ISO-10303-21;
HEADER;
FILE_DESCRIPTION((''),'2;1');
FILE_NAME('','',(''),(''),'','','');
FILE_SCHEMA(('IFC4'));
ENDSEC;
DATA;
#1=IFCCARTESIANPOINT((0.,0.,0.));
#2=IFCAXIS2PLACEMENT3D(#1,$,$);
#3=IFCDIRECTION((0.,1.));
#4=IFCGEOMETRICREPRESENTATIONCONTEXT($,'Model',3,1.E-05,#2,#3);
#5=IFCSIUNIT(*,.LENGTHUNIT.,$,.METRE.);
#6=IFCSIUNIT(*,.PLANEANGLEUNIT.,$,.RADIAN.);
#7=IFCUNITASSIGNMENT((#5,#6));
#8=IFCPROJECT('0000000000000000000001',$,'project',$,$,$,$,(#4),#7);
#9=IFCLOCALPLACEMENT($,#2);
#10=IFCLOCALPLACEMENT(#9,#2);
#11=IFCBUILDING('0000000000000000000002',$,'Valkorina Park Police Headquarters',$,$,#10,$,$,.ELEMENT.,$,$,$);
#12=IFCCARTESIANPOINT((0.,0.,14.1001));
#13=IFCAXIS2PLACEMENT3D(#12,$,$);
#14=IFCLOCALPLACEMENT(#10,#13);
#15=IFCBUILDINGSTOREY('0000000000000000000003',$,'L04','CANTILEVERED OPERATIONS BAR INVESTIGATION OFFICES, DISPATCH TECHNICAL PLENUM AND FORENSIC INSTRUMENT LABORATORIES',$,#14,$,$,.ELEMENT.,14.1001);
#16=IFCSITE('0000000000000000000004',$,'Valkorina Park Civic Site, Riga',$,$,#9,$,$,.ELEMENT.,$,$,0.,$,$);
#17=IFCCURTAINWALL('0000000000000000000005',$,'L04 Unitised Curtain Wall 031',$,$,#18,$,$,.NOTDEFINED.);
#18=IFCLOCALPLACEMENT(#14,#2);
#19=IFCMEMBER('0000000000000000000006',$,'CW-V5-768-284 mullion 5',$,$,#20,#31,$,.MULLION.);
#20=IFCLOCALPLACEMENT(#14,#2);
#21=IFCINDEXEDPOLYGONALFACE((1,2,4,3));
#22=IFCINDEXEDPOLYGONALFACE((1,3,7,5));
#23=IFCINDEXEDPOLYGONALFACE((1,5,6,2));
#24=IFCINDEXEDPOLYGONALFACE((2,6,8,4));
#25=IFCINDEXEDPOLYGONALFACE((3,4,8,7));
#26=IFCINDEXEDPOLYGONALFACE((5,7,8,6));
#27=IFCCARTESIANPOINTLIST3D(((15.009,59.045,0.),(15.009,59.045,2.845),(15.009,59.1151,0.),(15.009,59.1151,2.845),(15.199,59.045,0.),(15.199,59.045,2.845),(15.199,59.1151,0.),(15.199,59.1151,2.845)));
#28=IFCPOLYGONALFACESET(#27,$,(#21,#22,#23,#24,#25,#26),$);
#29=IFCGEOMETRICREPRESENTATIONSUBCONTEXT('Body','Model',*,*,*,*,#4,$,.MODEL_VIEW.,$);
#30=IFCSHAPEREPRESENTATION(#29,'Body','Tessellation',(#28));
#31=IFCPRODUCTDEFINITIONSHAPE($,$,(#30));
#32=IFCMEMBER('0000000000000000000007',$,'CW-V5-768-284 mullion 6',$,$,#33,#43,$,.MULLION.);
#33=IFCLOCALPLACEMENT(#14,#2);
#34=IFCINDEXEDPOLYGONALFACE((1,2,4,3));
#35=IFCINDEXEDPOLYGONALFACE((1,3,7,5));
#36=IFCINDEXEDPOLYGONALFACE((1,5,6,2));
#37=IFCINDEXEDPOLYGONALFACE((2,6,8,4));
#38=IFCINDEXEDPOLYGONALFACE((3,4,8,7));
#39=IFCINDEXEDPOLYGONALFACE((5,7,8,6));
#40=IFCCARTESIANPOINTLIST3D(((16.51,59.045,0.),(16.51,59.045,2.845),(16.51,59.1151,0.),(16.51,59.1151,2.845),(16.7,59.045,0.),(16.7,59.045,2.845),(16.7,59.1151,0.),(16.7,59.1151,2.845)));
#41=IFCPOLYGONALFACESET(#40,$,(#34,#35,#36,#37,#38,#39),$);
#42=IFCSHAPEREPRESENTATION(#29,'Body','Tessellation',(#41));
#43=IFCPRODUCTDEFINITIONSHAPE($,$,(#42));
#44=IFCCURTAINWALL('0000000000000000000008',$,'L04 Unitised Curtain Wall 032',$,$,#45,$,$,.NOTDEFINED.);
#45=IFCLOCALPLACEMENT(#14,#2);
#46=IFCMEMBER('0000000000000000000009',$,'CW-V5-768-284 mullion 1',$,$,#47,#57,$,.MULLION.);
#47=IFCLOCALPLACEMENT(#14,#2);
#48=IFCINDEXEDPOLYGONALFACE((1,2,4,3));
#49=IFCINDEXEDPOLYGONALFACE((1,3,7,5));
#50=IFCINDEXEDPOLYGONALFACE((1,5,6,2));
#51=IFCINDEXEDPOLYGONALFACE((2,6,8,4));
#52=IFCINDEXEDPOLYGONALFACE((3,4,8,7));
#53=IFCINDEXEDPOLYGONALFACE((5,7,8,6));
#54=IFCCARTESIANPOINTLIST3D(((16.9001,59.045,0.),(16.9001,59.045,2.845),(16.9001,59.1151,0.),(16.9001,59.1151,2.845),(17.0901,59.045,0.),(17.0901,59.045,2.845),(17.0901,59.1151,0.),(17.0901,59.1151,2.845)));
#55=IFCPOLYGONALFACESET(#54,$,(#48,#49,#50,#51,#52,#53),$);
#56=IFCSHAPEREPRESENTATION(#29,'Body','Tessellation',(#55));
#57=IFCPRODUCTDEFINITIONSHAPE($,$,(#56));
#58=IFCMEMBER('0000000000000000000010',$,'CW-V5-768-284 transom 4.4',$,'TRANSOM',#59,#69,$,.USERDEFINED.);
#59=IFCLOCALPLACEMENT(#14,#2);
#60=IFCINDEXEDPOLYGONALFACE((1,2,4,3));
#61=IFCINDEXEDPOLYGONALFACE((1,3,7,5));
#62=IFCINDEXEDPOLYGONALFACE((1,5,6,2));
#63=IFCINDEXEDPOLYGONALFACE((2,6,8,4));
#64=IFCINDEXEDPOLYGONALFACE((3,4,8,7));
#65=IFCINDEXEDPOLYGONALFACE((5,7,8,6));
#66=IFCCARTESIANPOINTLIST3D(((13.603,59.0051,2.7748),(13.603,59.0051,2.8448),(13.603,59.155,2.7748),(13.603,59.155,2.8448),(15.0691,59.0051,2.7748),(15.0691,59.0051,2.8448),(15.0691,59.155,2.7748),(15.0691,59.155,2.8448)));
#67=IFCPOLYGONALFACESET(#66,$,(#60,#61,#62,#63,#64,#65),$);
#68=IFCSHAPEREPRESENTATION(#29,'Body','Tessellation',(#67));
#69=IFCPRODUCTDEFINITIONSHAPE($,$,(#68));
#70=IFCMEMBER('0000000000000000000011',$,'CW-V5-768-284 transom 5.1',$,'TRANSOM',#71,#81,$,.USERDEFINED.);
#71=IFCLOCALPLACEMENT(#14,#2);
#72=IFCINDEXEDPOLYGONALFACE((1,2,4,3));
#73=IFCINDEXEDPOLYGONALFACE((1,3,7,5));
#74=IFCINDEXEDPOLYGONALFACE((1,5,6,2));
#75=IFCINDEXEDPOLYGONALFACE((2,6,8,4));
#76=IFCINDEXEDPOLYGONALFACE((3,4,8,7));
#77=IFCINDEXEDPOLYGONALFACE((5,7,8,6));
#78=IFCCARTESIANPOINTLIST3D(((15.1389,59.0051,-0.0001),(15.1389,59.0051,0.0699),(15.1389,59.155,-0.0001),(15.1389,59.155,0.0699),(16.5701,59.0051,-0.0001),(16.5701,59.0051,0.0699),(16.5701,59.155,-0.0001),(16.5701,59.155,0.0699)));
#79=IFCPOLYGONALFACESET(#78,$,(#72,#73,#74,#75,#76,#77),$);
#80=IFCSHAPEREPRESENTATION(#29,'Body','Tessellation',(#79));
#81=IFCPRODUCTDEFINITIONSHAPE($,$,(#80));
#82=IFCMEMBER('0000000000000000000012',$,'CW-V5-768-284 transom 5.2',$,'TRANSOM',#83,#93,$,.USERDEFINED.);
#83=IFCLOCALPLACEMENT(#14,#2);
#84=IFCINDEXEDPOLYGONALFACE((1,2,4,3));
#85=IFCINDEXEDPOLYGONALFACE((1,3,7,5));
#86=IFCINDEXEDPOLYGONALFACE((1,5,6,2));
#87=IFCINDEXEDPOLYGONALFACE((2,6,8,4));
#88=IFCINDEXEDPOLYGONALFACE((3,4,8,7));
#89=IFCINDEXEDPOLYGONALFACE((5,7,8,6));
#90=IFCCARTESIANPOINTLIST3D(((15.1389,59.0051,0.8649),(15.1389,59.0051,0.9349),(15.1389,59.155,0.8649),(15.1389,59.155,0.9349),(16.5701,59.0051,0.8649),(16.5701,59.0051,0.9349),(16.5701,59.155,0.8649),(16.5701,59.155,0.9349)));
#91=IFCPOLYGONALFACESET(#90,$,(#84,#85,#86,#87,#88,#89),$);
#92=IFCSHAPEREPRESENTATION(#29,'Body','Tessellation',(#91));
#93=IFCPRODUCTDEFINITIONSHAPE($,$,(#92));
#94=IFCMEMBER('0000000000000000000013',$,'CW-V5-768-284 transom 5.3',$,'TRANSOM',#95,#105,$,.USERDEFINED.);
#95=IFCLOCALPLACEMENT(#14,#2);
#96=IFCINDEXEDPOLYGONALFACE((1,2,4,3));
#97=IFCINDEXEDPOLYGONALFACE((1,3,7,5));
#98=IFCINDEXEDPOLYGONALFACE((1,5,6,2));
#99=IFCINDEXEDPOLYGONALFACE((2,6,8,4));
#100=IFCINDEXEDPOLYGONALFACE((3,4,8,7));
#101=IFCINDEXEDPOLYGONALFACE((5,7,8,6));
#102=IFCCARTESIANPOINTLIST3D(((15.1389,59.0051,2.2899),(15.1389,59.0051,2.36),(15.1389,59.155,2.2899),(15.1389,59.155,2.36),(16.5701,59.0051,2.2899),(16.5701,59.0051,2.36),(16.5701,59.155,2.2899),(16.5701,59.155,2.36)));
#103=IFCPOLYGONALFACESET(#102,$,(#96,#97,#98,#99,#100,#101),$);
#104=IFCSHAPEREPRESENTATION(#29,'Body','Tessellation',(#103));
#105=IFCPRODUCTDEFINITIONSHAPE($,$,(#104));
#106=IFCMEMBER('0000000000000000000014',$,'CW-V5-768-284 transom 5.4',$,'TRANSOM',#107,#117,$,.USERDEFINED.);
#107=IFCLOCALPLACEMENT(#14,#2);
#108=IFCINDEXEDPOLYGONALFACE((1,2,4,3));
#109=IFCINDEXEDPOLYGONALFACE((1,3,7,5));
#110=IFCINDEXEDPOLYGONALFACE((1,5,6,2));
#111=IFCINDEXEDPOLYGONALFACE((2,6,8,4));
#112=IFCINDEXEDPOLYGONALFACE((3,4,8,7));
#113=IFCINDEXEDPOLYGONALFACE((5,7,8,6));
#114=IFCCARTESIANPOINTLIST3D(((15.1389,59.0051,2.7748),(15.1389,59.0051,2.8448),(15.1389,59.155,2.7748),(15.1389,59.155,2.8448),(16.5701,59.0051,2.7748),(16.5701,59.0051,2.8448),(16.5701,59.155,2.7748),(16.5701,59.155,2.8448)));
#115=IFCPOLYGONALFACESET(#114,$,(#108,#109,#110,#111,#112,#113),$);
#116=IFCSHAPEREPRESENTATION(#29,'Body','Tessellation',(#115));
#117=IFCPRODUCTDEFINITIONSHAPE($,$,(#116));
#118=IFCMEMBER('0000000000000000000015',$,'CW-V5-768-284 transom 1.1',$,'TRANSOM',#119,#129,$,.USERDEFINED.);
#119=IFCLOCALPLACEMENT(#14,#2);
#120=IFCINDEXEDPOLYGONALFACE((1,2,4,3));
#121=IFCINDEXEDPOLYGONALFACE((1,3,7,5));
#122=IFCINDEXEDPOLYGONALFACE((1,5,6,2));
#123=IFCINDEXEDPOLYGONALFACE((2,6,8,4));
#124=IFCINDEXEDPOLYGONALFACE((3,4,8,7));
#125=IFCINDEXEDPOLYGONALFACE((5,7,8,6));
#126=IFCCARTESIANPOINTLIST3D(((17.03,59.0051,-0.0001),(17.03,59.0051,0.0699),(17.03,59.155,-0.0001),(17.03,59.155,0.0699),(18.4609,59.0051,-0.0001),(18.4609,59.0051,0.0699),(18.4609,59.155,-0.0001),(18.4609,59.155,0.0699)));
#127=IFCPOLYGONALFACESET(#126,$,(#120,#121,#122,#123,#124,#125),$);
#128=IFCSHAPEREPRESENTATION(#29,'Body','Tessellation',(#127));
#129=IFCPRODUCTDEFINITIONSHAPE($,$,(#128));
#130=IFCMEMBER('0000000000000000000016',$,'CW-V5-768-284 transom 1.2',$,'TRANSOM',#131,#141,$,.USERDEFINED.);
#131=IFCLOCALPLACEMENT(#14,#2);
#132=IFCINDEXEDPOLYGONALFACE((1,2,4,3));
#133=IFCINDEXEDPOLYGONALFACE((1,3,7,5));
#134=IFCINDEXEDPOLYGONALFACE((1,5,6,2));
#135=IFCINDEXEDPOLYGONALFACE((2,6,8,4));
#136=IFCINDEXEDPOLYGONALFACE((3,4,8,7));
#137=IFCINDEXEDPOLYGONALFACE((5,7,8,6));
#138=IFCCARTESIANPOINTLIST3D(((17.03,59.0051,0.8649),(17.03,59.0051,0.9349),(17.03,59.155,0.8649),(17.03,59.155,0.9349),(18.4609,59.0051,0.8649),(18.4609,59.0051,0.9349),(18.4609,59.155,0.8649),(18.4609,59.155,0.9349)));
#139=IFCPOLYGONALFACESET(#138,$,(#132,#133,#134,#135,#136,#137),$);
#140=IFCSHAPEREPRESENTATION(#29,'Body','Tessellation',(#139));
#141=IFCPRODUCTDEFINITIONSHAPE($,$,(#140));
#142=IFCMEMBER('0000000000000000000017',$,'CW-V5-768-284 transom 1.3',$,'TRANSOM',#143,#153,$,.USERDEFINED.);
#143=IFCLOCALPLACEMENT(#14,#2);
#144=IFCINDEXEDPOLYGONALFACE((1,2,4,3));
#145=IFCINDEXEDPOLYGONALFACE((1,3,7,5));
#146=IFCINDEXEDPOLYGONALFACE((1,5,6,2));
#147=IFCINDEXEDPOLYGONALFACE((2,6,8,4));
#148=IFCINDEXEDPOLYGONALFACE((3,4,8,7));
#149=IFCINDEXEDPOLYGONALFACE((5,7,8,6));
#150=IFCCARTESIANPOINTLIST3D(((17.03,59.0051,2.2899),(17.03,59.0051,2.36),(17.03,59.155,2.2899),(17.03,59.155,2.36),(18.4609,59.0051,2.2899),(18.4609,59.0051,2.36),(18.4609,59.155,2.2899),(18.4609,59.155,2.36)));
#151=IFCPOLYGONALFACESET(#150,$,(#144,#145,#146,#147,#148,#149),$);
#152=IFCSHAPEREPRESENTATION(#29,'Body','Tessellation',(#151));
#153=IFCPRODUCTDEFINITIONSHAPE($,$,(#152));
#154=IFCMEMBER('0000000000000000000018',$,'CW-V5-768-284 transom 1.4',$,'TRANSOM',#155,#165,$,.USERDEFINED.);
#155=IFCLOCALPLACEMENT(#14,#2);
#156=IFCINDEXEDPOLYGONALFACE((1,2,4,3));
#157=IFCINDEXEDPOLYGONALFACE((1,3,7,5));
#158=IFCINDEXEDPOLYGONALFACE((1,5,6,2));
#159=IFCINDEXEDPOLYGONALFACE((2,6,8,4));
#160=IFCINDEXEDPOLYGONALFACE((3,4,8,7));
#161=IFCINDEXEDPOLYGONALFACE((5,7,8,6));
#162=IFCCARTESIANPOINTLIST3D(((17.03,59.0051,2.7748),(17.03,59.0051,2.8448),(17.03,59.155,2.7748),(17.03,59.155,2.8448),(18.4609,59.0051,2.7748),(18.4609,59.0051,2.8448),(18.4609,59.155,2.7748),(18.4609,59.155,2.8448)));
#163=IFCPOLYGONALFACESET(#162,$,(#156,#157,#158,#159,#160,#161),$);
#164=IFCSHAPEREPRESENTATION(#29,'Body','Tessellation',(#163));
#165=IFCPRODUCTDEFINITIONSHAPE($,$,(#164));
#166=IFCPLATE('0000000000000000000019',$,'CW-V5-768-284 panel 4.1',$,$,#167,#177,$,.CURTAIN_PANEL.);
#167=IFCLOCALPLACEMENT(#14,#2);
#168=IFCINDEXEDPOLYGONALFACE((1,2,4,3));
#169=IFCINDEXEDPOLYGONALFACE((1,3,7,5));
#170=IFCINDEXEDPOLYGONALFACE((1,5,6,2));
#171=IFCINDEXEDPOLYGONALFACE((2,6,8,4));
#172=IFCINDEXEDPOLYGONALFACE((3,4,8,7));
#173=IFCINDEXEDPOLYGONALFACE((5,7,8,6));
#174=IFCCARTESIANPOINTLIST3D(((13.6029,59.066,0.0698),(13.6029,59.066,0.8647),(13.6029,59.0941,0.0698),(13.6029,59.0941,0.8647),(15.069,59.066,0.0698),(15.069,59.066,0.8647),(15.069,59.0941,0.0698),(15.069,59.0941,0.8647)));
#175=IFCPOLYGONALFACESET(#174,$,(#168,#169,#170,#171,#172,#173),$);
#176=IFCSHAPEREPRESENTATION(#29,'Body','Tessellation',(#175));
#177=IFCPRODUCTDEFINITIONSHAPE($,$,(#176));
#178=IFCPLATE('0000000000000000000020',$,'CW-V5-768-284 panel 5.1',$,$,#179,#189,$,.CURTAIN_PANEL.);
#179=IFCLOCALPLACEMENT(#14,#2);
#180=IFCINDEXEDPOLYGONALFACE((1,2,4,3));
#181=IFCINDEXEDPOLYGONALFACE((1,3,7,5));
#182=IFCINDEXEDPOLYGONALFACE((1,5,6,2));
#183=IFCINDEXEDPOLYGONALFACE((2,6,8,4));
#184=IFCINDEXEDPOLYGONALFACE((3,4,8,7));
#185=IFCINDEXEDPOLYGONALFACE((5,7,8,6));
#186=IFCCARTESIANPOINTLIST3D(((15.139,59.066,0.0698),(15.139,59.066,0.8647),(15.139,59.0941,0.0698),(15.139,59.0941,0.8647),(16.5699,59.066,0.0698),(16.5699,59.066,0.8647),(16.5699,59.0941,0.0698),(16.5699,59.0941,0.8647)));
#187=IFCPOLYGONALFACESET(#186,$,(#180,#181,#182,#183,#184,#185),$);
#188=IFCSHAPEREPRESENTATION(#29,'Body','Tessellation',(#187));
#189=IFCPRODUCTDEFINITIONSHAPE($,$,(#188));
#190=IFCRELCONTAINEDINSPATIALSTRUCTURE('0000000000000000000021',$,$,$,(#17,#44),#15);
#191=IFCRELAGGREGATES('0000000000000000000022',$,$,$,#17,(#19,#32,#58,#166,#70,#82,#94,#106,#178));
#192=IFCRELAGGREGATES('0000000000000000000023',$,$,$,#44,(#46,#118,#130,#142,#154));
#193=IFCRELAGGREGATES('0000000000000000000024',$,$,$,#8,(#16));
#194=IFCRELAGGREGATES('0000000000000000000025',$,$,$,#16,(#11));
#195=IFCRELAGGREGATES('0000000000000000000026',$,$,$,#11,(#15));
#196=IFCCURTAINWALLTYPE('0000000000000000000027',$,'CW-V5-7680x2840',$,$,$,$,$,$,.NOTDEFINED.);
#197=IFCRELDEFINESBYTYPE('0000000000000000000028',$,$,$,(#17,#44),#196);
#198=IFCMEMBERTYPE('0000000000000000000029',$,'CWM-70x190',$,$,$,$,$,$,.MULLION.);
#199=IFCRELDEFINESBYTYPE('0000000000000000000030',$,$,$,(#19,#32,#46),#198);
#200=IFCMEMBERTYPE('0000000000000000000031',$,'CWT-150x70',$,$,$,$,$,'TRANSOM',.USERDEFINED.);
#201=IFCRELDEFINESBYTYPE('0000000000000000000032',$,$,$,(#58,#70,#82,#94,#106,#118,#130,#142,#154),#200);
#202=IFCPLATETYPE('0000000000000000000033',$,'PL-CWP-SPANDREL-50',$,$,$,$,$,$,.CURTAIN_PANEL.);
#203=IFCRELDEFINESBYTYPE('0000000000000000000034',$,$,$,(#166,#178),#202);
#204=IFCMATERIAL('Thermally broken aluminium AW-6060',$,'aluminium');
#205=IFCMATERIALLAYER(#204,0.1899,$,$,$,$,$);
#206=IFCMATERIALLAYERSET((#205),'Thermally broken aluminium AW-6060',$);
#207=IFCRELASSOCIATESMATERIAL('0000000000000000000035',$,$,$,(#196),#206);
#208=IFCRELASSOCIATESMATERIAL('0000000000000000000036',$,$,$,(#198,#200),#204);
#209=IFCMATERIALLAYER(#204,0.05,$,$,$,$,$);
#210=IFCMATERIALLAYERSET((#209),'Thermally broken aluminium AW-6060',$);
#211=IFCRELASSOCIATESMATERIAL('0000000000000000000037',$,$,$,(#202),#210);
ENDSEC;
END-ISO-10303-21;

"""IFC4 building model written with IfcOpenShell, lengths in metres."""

from ifc_helpers import new_model, si_unit, direction, frame, origin, origin_2d, place, context, subcontext, project, spatial, rectangle, extrude, material, layer, layer_set, material_profile, profile_set, type_object, element, aggregate, save


model = new_model("IFC4")

# Units and contexts
model_context = context("Model", 3, precision=1e-05, world=origin(), true_north=direction((0.0, 1.0)))
body_context = subcontext(model_context, "Body", "Model", "MODEL_VIEW")
ifc_project = project(units=[si_unit("LENGTHUNIT", "METRE"), si_unit("PLANEANGLEUNIT", "RADIAN")], contexts=[model_context])

# Site, building, storey
site_placement = place(None, origin())
site = spatial("IfcSite", under=ifc_project, at=site_placement, Name="Valkorina Park Civic Site, Riga", CompositionType="ELEMENT", RefElevation=0.0)
building_placement = place(site_placement, origin())
building = spatial("IfcBuilding", under=site, at=building_placement, Name="Valkorina Park Police Headquarters", CompositionType="ELEMENT")
storey_placement = place(building_placement, frame((0.0, 0.0, 14.1001)))
storey = spatial("IfcBuildingStorey", under=building, at=storey_placement, Name="L04", Description="CANTILEVERED OPERATIONS BAR INVESTIGATION OFFICES, DISPATCH TECHNICAL PLENUM AND FORENSIC INSTRUMENT LABORATORIES", CompositionType="ELEMENT", Elevation=14.1001)

# Curtain wall, members
ifc_material_1 = material(Name="Thermally broken aluminium AW-6060", Category="aluminium")
ifc_layer_1 = layer(ifc_material_1, 0.1899)
ifc_layer_set_1 = layer_set([ifc_layer_1], Name="Thermally broken aluminium AW-6060")
curtain_wall_type = type_object("IfcCurtainWallType", Name="CW-V5-7680x2840", PredefinedType="NOTDEFINED", material=ifc_layer_set_1)
curtain_wall_1_placement = place(storey_placement, origin())
curtain_wall_1 = element("IfcCurtainWall", 1, at=curtain_wall_1_placement, inside=storey, type_object=curtain_wall_type, Name="L04 Unitised Curtain Wall 031", PredefinedType="NOTDEFINED")
ifc_material_profile_1 = material_profile(ifc_material_1, rectangle(XDim=0.0701, YDim=0.1899, at=origin_2d()), Name="CWM-02 70x190")
ifc_profile_set_1 = profile_set([ifc_material_profile_1], Name="Thermally broken aluminium AW-6060")
member_type_1 = type_object("IfcMemberType", Name="CWM-70x190", PredefinedType="MULLION", material=ifc_profile_set_1)
member_1_placement = place(storey_placement, frame((15.104, 59.0801, 0.0), z_axis=(0.0, 0.0, 1.0), x_axis=(0.0, 1.0, 0.0)))
member_1 = element("IfcMember", 2, at=member_1_placement, type_object=member_type_1, Name="CW-V5-768-284 mullion 5", PredefinedType="MULLION", context=body_context, shape_type="SweptSolid", body=[
    extrude(rectangle(XDim=0.0701, YDim=0.1899, at=origin_2d()), origin(), (0.0, 0.0, 1.0), 2.845),
])
member_2_placement = place(storey_placement, frame((16.605, 59.0801, 0.0), z_axis=(0.0, 0.0, 1.0), x_axis=(0.0, 1.0, 0.0)))
member_2 = element("IfcMember", 3, at=member_2_placement, type_object=member_type_1, Name="CW-V5-768-284 mullion 6", PredefinedType="MULLION", context=body_context, shape_type="SweptSolid", body=[
    extrude(rectangle(XDim=0.0701, YDim=0.1899, at=origin_2d()), origin(), (0.0, 0.0, 1.0), 2.845),
])

# Curtain wall, member
curtain_wall_2_placement = place(storey_placement, origin())
curtain_wall_2 = element("IfcCurtainWall", 4, at=curtain_wall_2_placement, inside=storey, type_object=curtain_wall_type, Name="L04 Unitised Curtain Wall 032", PredefinedType="NOTDEFINED")
member_3_placement = place(storey_placement, frame((16.9951, 59.0801, 0.0), z_axis=(0.0, 0.0, 1.0), x_axis=(0.0, 1.0, 0.0)))
member_3 = element("IfcMember", 5, at=member_3_placement, type_object=member_type_1, Name="CW-V5-768-284 mullion 1", PredefinedType="MULLION", context=body_context, shape_type="SweptSolid", body=[
    extrude(rectangle(XDim=0.0701, YDim=0.1899, at=origin_2d()), origin(), (0.0, 0.0, 1.0), 2.845),
])

# Members
ifc_material_profile_2 = material_profile(ifc_material_1, rectangle(XDim=0.1499, YDim=0.0701, at=origin_2d()), Name="CWT-02 150x70")
ifc_profile_set_2 = profile_set([ifc_material_profile_2], Name="Thermally broken aluminium AW-6060")
member_type_2 = type_object("IfcMemberType", Name="CWT-150x70", ElementType="TRANSOM", PredefinedType="USERDEFINED", material=ifc_profile_set_2)
member_4_placement = place(storey_placement, frame((13.603, 59.0801, 2.8098), z_axis=(1.0, 0.0, 0.0), x_axis=(0.0, 1.0, 0.0)))
member_4 = element("IfcMember", 6, at=member_4_placement, type_object=member_type_2, Name="CW-V5-768-284 transom 4.4", ObjectType="TRANSOM", PredefinedType="USERDEFINED", context=body_context, shape_type="SweptSolid", body=[
    extrude(rectangle(XDim=0.1499, YDim=0.0701, at=origin_2d()), origin(), (0.0, 0.0, 1.0), 1.4661),
])
member_5_placement = place(storey_placement, frame((15.1389, 59.0801, 0.0349), z_axis=(1.0, 0.0, 0.0), x_axis=(0.0, 1.0, 0.0)))
member_5 = element("IfcMember", 7, at=member_5_placement, type_object=member_type_2, Name="CW-V5-768-284 transom 5.1", ObjectType="TRANSOM", PredefinedType="USERDEFINED", context=body_context, shape_type="SweptSolid", body=[
    extrude(rectangle(XDim=0.1499, YDim=0.0701, at=origin_2d()), origin(), (0.0, 0.0, 1.0), 1.4312),
])
member_6_placement = place(storey_placement, frame((15.1389, 59.0801, 0.8999), z_axis=(1.0, 0.0, 0.0), x_axis=(0.0, 1.0, 0.0)))
member_6 = element("IfcMember", 8, at=member_6_placement, type_object=member_type_2, Name="CW-V5-768-284 transom 5.2", ObjectType="TRANSOM", PredefinedType="USERDEFINED", context=body_context, shape_type="SweptSolid", body=[
    extrude(rectangle(XDim=0.1499, YDim=0.0701, at=origin_2d()), origin(), (0.0, 0.0, 1.0), 1.4312),
])
member_7_placement = place(storey_placement, frame((15.1389, 59.0801, 2.325), z_axis=(1.0, 0.0, 0.0), x_axis=(0.0, 1.0, 0.0)))
member_7 = element("IfcMember", 9, at=member_7_placement, type_object=member_type_2, Name="CW-V5-768-284 transom 5.3", ObjectType="TRANSOM", PredefinedType="USERDEFINED", context=body_context, shape_type="SweptSolid", body=[
    extrude(rectangle(XDim=0.1499, YDim=0.0701, at=origin_2d()), origin(), (0.0, 0.0, 1.0), 1.4312),
])
member_8_placement = place(storey_placement, frame((15.1389, 59.0801, 2.8098), z_axis=(1.0, 0.0, 0.0), x_axis=(0.0, 1.0, 0.0)))
member_8 = element("IfcMember", 10, at=member_8_placement, type_object=member_type_2, Name="CW-V5-768-284 transom 5.4", ObjectType="TRANSOM", PredefinedType="USERDEFINED", context=body_context, shape_type="SweptSolid", body=[
    extrude(rectangle(XDim=0.1499, YDim=0.0701, at=origin_2d()), origin(), (0.0, 0.0, 1.0), 1.4312),
])
member_9_placement = place(storey_placement, frame((17.03, 59.0801, 0.0349), z_axis=(1.0, 0.0, 0.0), x_axis=(0.0, 1.0, 0.0)))
member_9 = element("IfcMember", 11, at=member_9_placement, type_object=member_type_2, Name="CW-V5-768-284 transom 1.1", ObjectType="TRANSOM", PredefinedType="USERDEFINED", context=body_context, shape_type="SweptSolid", body=[
    extrude(rectangle(XDim=0.1499, YDim=0.0701, at=origin_2d()), origin(), (0.0, 0.0, 1.0), 1.4309),
])
member_10_placement = place(storey_placement, frame((17.03, 59.0801, 0.8999), z_axis=(1.0, 0.0, 0.0), x_axis=(0.0, 1.0, 0.0)))
member_10 = element("IfcMember", 12, at=member_10_placement, type_object=member_type_2, Name="CW-V5-768-284 transom 1.2", ObjectType="TRANSOM", PredefinedType="USERDEFINED", context=body_context, shape_type="SweptSolid", body=[
    extrude(rectangle(XDim=0.1499, YDim=0.0701, at=origin_2d()), origin(), (0.0, 0.0, 1.0), 1.4309),
])
member_11_placement = place(storey_placement, frame((17.03, 59.0801, 2.325), z_axis=(1.0, 0.0, 0.0), x_axis=(0.0, 1.0, 0.0)))
member_11 = element("IfcMember", 13, at=member_11_placement, type_object=member_type_2, Name="CW-V5-768-284 transom 1.3", ObjectType="TRANSOM", PredefinedType="USERDEFINED", context=body_context, shape_type="SweptSolid", body=[
    extrude(rectangle(XDim=0.1499, YDim=0.0701, at=origin_2d()), origin(), (0.0, 0.0, 1.0), 1.4309),
])
member_12_placement = place(storey_placement, frame((17.03, 59.0801, 2.8098), z_axis=(1.0, 0.0, 0.0), x_axis=(0.0, 1.0, 0.0)))
member_12 = element("IfcMember", 14, at=member_12_placement, type_object=member_type_2, Name="CW-V5-768-284 transom 1.4", ObjectType="TRANSOM", PredefinedType="USERDEFINED", context=body_context, shape_type="SweptSolid", body=[
    extrude(rectangle(XDim=0.1499, YDim=0.0701, at=origin_2d()), origin(), (0.0, 0.0, 1.0), 1.4309),
])

# Plates
ifc_layer_2 = layer(ifc_material_1, 0.05)
ifc_layer_set_2 = layer_set([ifc_layer_2], Name="Thermally broken aluminium AW-6060")
plate_type_1 = type_object("IfcPlateType", Name="PL-CWP-SPANDREL-50", PredefinedType="CURTAIN_PANEL", material=ifc_layer_set_2)
plate_1_placement = place(storey_placement, frame((14.3359, 59.0801, 0.0698), z_axis=(0.0, 0.0, 1.0), x_axis=(1.0, 0.0, 0.0)))
plate_1 = element("IfcPlate", 15, at=plate_1_placement, type_object=plate_type_1, Name="CW-V5-768-284 panel 4.1", PredefinedType="CURTAIN_PANEL", context=body_context, shape_type="SweptSolid", body=[
    extrude(rectangle(XDim=1.4661, YDim=0.0281, at=origin_2d()), origin(), (0.0, 0.0, 1.0), 0.7949),
])
plate_2_placement = place(storey_placement, frame((15.8545, 59.0801, 0.0698), z_axis=(0.0, 0.0, 1.0), x_axis=(1.0, 0.0, 0.0)))
plate_2 = element("IfcPlate", 16, at=plate_2_placement, type_object=plate_type_1, Name="CW-V5-768-284 panel 5.1", PredefinedType="CURTAIN_PANEL", context=body_context, shape_type="SweptSolid", body=[
    extrude(rectangle(XDim=1.4309, YDim=0.0281, at=origin_2d()), origin(), (0.0, 0.0, 1.0), 0.7949),
])
aggregate(curtain_wall_1, [member_1, member_2, member_4, plate_1, member_5, member_6, member_7, member_8, plate_2])
aggregate(curtain_wall_2, [member_3, member_9, member_10, member_11, member_12])

save(model, "model.ifc")
